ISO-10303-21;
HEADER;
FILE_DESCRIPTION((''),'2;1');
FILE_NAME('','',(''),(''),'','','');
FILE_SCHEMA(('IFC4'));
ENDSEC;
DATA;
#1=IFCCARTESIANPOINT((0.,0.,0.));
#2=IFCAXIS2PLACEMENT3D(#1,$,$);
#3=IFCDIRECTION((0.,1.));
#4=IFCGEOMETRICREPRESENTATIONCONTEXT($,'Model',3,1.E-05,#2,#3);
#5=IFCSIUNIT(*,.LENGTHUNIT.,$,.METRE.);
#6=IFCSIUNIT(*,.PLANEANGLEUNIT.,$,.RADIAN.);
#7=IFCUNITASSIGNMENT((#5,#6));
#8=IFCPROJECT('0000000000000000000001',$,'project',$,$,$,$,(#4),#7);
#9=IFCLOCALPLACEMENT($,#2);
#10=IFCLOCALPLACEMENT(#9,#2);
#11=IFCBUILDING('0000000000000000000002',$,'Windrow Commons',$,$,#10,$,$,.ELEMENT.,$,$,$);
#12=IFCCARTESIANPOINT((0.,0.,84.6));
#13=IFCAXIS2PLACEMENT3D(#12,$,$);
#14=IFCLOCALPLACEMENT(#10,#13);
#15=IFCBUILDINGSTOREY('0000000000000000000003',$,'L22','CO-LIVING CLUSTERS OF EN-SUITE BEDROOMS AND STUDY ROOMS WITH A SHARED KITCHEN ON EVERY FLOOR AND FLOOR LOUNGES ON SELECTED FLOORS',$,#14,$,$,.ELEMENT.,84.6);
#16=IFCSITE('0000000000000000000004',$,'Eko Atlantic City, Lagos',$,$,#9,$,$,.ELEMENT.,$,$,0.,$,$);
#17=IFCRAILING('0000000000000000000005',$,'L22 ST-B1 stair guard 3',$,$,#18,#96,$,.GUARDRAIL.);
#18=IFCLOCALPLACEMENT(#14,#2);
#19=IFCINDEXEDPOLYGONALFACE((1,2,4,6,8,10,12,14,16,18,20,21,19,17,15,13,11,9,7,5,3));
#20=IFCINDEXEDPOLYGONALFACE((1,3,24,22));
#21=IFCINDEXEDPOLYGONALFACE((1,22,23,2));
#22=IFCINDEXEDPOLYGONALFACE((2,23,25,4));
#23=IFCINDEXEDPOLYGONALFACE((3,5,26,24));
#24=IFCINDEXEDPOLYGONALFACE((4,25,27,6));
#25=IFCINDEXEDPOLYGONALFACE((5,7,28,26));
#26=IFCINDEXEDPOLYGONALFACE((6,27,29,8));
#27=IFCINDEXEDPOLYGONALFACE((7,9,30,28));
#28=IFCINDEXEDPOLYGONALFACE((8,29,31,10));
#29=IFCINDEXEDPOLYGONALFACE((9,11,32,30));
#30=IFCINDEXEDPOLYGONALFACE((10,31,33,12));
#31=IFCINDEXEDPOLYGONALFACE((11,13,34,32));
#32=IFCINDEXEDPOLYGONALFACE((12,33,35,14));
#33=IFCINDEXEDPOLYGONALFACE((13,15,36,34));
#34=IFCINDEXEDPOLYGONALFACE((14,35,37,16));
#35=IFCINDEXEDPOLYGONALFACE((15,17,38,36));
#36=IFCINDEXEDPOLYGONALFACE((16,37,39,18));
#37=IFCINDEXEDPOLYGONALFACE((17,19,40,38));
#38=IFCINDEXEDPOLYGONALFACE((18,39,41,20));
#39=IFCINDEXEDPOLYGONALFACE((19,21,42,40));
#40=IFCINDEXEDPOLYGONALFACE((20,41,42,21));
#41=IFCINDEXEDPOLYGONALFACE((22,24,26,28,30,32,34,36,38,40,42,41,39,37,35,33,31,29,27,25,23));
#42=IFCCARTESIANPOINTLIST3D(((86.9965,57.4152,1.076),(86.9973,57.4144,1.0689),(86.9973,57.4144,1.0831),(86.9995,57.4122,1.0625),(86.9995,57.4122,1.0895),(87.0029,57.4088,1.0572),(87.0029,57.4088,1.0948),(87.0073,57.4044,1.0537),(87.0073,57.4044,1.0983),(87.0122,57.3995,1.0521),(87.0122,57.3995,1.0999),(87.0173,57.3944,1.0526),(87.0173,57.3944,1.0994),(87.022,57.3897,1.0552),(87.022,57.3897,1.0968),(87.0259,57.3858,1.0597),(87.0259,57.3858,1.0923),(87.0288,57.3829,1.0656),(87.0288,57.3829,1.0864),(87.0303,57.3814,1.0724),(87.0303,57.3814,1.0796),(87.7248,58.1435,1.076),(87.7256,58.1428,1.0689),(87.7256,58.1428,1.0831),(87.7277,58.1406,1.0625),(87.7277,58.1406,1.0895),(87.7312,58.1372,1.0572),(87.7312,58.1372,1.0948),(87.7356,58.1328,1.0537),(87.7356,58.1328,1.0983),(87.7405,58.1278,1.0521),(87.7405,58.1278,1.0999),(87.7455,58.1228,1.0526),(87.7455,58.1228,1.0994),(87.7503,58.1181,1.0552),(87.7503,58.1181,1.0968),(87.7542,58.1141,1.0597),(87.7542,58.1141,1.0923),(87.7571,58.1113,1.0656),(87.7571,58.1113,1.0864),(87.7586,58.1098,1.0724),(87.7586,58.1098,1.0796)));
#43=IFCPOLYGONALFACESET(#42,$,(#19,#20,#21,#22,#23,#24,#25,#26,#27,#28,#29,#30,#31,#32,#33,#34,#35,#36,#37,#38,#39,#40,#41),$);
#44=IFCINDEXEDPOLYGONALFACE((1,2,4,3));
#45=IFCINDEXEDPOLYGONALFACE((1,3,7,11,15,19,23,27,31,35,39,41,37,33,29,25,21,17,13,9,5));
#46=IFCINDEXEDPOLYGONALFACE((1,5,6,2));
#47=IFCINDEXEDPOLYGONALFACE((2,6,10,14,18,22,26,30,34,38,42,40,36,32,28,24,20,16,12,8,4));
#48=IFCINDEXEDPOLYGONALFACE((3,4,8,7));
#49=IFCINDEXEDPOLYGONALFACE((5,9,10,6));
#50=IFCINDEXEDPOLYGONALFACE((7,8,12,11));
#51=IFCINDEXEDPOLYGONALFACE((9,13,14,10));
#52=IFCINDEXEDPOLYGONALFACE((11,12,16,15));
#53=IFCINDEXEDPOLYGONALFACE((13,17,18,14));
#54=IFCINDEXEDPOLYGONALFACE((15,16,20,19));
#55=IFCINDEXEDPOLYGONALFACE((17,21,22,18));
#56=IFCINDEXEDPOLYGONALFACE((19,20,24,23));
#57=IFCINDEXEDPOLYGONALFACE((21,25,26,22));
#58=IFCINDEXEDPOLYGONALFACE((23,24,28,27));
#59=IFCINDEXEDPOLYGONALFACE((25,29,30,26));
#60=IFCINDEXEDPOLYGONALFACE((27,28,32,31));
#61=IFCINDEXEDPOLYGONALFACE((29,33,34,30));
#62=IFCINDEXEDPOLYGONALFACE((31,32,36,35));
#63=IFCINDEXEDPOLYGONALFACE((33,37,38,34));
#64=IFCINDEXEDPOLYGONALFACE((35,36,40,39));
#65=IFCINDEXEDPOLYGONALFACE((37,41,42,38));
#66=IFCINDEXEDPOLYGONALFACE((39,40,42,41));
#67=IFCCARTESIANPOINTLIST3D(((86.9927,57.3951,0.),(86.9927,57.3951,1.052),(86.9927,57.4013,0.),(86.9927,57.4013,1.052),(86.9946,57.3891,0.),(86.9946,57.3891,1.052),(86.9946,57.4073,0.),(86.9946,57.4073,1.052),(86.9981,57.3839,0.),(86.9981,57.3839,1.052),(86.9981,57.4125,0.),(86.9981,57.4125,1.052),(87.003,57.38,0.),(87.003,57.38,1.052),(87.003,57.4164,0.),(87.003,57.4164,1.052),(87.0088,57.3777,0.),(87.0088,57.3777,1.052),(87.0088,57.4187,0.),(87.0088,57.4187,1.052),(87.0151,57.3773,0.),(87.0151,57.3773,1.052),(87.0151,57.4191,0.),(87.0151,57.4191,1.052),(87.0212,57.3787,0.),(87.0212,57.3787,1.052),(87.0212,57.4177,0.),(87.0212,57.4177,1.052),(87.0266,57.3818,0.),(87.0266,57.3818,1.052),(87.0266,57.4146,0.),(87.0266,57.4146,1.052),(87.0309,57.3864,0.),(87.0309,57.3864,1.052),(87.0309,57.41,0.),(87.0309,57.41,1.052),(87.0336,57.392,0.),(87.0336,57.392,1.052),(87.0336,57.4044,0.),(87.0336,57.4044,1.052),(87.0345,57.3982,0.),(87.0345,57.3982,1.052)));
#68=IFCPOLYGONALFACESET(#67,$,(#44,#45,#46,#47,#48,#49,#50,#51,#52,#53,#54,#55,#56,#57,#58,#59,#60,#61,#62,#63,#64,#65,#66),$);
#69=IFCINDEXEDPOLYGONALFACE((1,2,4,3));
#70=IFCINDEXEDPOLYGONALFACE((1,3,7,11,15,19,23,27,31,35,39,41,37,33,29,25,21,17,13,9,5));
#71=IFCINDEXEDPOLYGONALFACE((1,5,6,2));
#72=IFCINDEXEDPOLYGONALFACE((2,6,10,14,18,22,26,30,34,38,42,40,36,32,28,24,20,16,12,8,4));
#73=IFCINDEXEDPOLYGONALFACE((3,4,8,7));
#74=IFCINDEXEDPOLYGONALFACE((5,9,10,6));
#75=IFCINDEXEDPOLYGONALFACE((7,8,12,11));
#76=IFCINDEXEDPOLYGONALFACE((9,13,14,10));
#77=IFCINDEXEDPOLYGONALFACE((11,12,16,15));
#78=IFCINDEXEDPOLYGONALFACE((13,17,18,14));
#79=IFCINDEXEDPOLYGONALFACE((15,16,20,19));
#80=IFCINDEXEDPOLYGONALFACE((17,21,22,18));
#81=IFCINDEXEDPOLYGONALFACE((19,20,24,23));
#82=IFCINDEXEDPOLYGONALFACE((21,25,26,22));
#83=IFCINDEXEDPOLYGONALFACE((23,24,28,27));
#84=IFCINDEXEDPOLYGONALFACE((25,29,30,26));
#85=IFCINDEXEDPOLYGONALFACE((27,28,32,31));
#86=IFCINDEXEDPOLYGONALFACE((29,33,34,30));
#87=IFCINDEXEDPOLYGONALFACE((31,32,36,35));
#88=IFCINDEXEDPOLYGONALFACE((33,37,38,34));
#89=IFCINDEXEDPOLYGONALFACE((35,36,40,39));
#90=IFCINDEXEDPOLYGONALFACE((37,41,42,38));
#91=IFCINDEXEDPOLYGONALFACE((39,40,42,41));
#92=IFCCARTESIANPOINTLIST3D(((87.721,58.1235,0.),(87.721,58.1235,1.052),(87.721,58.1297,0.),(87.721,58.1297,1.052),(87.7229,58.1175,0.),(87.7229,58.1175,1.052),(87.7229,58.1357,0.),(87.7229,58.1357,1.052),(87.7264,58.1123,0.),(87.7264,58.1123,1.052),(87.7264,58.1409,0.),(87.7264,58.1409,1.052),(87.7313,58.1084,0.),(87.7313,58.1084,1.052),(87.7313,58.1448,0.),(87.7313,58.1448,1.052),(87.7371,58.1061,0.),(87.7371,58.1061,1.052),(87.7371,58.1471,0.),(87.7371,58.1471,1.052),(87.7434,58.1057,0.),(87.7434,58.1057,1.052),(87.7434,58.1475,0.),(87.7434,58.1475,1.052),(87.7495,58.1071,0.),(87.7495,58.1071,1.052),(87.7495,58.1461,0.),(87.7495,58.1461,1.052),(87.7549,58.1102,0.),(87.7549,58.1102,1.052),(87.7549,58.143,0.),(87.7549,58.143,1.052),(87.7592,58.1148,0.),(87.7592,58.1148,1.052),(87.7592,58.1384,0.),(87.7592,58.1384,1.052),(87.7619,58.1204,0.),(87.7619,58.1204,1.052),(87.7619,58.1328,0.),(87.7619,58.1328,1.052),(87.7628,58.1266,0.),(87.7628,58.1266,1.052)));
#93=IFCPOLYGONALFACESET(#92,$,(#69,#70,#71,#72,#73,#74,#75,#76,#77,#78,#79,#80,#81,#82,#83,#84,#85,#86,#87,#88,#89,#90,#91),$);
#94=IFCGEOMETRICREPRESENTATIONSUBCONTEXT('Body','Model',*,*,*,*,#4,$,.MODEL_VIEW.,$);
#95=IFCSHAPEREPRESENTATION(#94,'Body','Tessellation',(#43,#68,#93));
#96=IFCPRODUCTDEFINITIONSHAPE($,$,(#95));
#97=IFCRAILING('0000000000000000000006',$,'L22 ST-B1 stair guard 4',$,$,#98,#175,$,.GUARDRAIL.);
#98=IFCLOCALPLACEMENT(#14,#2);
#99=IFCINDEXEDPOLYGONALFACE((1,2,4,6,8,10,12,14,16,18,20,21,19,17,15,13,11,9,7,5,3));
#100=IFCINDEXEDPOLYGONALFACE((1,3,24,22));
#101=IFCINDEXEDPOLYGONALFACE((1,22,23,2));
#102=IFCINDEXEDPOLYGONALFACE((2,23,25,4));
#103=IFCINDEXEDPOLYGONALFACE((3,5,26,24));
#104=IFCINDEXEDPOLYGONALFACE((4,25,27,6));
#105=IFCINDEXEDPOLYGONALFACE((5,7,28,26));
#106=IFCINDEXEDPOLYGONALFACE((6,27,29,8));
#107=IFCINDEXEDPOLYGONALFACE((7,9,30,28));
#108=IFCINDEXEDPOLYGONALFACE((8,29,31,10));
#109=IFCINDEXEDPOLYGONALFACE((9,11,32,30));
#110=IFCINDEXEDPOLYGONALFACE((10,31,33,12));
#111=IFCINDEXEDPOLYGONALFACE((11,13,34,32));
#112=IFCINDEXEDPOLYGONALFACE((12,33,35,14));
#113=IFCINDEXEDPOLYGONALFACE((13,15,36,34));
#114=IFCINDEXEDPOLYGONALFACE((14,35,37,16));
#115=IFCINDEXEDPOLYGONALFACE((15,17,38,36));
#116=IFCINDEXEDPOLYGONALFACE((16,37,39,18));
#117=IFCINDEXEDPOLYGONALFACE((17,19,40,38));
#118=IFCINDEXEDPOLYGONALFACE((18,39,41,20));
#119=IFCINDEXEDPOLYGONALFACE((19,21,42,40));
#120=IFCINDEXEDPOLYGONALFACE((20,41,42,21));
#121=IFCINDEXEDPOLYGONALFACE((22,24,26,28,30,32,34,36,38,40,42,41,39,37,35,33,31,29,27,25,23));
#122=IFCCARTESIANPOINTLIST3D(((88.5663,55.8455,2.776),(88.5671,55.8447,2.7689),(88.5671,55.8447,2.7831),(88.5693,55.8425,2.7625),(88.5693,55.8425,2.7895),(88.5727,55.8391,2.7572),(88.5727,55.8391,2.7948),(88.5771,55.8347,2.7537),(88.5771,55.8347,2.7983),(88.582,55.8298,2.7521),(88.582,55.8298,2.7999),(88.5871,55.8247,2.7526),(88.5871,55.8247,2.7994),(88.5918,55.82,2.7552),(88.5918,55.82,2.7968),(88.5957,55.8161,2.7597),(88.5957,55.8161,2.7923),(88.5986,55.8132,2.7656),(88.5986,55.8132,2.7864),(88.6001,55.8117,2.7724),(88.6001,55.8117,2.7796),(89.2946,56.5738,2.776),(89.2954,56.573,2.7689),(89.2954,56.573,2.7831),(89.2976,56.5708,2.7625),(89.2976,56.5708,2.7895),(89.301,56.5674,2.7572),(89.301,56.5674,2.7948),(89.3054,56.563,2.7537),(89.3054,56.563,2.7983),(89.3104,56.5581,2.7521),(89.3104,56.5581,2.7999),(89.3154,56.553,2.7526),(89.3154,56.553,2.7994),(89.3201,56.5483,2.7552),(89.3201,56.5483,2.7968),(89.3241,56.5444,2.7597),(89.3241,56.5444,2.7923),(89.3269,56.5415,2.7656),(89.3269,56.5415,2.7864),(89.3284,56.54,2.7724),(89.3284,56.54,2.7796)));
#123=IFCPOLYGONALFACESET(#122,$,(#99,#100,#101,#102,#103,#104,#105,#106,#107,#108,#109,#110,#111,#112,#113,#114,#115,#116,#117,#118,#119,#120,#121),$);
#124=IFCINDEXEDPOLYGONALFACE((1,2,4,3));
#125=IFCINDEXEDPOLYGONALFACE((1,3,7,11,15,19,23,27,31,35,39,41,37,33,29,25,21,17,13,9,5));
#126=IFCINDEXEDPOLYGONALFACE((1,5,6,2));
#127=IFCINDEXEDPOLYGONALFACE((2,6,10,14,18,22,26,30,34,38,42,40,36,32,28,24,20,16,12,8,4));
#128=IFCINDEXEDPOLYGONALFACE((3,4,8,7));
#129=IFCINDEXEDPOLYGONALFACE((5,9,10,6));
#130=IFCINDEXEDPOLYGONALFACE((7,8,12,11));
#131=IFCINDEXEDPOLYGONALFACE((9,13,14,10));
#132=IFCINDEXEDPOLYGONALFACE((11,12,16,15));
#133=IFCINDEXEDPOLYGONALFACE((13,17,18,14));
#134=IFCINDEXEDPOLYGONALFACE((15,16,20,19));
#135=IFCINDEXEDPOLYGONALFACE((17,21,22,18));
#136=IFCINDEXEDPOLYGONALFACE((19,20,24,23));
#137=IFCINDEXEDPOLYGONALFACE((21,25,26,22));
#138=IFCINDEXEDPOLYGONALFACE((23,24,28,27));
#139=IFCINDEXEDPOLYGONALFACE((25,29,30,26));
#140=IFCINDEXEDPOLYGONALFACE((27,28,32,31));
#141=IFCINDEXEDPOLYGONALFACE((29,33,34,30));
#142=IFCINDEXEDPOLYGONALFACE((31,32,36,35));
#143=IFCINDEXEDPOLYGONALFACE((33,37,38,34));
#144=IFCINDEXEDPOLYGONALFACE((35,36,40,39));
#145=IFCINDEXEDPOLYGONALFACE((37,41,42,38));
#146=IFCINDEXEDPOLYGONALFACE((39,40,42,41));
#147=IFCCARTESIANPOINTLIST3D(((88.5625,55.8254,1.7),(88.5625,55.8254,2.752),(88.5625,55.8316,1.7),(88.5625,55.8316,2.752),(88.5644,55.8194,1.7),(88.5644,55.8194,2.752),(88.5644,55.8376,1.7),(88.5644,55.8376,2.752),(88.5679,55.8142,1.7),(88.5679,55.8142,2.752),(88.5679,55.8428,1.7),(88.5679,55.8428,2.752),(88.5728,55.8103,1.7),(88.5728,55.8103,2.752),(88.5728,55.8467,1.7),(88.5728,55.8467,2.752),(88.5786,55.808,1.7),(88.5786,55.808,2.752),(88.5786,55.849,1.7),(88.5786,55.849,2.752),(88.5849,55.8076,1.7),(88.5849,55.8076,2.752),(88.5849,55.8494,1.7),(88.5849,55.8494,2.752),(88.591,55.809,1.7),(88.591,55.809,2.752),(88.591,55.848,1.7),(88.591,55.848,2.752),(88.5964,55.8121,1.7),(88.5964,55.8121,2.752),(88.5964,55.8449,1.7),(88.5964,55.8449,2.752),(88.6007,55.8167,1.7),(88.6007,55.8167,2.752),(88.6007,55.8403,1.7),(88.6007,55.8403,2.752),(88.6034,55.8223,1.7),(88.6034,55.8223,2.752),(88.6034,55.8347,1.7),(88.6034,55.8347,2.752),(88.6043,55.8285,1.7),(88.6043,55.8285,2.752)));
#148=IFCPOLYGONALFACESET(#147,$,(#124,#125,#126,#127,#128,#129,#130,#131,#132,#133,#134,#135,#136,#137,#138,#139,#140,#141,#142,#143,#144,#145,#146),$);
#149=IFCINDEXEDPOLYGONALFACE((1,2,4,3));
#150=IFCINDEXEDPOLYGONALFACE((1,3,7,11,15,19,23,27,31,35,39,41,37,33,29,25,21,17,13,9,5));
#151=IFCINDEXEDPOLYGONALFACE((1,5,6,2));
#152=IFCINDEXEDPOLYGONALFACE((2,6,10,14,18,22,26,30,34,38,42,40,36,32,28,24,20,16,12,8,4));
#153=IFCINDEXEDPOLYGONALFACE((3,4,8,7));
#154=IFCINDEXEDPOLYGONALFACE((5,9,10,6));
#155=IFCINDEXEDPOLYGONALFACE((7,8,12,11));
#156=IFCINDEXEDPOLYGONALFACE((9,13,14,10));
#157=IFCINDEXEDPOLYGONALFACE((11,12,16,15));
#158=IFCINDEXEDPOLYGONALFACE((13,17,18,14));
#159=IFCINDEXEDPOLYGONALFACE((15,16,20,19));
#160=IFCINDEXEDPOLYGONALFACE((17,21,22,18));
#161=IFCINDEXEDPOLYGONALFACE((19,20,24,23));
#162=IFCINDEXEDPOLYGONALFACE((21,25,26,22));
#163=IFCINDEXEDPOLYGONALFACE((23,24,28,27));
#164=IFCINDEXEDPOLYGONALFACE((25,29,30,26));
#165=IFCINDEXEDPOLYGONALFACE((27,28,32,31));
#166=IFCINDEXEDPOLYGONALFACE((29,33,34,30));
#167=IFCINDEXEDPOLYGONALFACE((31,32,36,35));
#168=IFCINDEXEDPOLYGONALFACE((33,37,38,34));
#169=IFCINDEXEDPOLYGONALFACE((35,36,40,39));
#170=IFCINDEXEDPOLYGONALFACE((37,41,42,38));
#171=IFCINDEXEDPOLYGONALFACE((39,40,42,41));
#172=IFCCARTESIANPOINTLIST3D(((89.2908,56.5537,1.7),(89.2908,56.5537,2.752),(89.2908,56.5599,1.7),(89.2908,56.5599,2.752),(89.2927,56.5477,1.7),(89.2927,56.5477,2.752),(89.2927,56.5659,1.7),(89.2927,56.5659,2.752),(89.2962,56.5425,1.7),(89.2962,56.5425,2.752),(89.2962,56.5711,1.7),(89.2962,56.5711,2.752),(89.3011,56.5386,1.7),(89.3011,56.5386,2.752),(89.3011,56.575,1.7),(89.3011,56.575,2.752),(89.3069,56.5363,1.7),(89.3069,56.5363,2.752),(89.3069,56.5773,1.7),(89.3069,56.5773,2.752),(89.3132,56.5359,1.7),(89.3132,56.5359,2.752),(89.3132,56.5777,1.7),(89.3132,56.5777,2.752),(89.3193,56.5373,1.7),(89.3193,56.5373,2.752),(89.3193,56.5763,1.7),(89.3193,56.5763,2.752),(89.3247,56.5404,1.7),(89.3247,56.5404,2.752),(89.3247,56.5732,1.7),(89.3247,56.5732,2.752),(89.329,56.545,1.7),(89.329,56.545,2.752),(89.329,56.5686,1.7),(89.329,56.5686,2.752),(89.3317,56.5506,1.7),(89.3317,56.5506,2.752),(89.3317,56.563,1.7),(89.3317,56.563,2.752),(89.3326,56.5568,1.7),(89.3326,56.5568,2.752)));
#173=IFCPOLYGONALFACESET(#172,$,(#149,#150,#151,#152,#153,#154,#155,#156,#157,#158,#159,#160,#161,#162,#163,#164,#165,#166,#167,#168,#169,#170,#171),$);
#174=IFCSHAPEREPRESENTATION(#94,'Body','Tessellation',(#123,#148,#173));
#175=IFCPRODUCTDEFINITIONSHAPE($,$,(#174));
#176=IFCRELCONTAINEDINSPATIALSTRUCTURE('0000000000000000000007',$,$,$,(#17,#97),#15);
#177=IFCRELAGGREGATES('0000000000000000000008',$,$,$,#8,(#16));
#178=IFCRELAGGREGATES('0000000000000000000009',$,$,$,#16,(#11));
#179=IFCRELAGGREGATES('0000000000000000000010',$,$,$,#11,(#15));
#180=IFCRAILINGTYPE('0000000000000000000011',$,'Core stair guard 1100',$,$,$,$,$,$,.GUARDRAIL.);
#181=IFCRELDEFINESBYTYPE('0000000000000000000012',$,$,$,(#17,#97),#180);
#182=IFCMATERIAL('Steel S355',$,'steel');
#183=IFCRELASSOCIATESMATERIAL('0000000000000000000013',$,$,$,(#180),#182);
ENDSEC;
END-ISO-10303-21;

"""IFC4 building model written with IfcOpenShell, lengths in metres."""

from ifc_helpers import new_model, si_unit, direction, frame, origin, origin_2d, place, context, subcontext, project, spatial, circle, extrude, material, type_object, element, save


model = new_model("IFC4")

# Units and contexts
model_context = context("Model", 3, precision=1e-05, world=origin(), true_north=direction((0.0, 1.0)))
body_context = subcontext(model_context, "Body", "Model", "MODEL_VIEW")
ifc_project = project(units=[si_unit("LENGTHUNIT", "METRE"), si_unit("PLANEANGLEUNIT", "RADIAN")], contexts=[model_context])

# Site, building, storey
site_placement = place(None, origin())
site = spatial("IfcSite", under=ifc_project, at=site_placement, Name="Eko Atlantic City, Lagos", CompositionType="ELEMENT", RefElevation=0.0)
building_placement = place(site_placement, origin())
building = spatial("IfcBuilding", under=site, at=building_placement, Name="Windrow Commons", CompositionType="ELEMENT")
storey_placement = place(building_placement, frame((0.0, 0.0, 84.6)))
storey = spatial("IfcBuildingStorey", under=building, at=storey_placement, Name="L22", Description="CO-LIVING CLUSTERS OF EN-SUITE BEDROOMS AND STUDY ROOMS WITH A SHARED KITCHEN ON EVERY FLOOR AND FLOOR LOUNGES ON SELECTED FLOORS", CompositionType="ELEMENT", Elevation=84.6)

# Railings
ifc_material_1 = material(Name="Steel S355", Category="steel")
railing_type_1 = type_object("IfcRailingType", Name="Core stair guard 1100", PredefinedType="GUARDRAIL", material=ifc_material_1)
railing_1_placement = place(storey_placement, frame((87.0135, 57.3982, 0.0)))
element("IfcRailing", 1, at=railing_1_placement, inside=storey, type_object=railing_type_1, Name="L22 ST-B1 stair guard 3", PredefinedType="GUARDRAIL", context=body_context, shape_type="SweptSolid", body=[
    extrude(circle(Radius=0.024, at=origin_2d()), frame((0.0, 0.0, 1.076), z_axis=(0.707058, 0.707155, 0.0), x_axis=(-0.707155, 0.707058, 0.0)), (0.0, 0.0, 1.0), 1.03),
    extrude(circle(Radius=0.021, at=origin_2d()), origin(), (0.0, 0.0, 1.0), 1.052),
    extrude(circle(Radius=0.021, at=origin_2d()), frame((0.7283, 0.7284, 0.0)), (0.0, 0.0, 1.0), 1.052),
])
railing_2_placement = place(storey_placement, frame((88.5833, 55.8285, 1.7)))
element("IfcRailing", 2, at=railing_2_placement, inside=storey, type_object=railing_type_1, Name="L22 ST-B1 stair guard 4", PredefinedType="GUARDRAIL", context=body_context, shape_type="SweptSolid", body=[
    extrude(circle(Radius=0.024, at=origin_2d()), frame((0.0, 0.0, 1.076), z_axis=(0.707107, 0.707107, 0.0), x_axis=(-0.707107, 0.707107, 0.0)), (0.0, 0.0, 1.0), 1.03),
    extrude(circle(Radius=0.021, at=origin_2d()), origin(), (0.0, 0.0, 1.0), 1.052),
    extrude(circle(Radius=0.021, at=origin_2d()), frame((0.7283, 0.7283, 0.0)), (0.0, 0.0, 1.0), 1.052),
])

save(model, "model.ifc")
